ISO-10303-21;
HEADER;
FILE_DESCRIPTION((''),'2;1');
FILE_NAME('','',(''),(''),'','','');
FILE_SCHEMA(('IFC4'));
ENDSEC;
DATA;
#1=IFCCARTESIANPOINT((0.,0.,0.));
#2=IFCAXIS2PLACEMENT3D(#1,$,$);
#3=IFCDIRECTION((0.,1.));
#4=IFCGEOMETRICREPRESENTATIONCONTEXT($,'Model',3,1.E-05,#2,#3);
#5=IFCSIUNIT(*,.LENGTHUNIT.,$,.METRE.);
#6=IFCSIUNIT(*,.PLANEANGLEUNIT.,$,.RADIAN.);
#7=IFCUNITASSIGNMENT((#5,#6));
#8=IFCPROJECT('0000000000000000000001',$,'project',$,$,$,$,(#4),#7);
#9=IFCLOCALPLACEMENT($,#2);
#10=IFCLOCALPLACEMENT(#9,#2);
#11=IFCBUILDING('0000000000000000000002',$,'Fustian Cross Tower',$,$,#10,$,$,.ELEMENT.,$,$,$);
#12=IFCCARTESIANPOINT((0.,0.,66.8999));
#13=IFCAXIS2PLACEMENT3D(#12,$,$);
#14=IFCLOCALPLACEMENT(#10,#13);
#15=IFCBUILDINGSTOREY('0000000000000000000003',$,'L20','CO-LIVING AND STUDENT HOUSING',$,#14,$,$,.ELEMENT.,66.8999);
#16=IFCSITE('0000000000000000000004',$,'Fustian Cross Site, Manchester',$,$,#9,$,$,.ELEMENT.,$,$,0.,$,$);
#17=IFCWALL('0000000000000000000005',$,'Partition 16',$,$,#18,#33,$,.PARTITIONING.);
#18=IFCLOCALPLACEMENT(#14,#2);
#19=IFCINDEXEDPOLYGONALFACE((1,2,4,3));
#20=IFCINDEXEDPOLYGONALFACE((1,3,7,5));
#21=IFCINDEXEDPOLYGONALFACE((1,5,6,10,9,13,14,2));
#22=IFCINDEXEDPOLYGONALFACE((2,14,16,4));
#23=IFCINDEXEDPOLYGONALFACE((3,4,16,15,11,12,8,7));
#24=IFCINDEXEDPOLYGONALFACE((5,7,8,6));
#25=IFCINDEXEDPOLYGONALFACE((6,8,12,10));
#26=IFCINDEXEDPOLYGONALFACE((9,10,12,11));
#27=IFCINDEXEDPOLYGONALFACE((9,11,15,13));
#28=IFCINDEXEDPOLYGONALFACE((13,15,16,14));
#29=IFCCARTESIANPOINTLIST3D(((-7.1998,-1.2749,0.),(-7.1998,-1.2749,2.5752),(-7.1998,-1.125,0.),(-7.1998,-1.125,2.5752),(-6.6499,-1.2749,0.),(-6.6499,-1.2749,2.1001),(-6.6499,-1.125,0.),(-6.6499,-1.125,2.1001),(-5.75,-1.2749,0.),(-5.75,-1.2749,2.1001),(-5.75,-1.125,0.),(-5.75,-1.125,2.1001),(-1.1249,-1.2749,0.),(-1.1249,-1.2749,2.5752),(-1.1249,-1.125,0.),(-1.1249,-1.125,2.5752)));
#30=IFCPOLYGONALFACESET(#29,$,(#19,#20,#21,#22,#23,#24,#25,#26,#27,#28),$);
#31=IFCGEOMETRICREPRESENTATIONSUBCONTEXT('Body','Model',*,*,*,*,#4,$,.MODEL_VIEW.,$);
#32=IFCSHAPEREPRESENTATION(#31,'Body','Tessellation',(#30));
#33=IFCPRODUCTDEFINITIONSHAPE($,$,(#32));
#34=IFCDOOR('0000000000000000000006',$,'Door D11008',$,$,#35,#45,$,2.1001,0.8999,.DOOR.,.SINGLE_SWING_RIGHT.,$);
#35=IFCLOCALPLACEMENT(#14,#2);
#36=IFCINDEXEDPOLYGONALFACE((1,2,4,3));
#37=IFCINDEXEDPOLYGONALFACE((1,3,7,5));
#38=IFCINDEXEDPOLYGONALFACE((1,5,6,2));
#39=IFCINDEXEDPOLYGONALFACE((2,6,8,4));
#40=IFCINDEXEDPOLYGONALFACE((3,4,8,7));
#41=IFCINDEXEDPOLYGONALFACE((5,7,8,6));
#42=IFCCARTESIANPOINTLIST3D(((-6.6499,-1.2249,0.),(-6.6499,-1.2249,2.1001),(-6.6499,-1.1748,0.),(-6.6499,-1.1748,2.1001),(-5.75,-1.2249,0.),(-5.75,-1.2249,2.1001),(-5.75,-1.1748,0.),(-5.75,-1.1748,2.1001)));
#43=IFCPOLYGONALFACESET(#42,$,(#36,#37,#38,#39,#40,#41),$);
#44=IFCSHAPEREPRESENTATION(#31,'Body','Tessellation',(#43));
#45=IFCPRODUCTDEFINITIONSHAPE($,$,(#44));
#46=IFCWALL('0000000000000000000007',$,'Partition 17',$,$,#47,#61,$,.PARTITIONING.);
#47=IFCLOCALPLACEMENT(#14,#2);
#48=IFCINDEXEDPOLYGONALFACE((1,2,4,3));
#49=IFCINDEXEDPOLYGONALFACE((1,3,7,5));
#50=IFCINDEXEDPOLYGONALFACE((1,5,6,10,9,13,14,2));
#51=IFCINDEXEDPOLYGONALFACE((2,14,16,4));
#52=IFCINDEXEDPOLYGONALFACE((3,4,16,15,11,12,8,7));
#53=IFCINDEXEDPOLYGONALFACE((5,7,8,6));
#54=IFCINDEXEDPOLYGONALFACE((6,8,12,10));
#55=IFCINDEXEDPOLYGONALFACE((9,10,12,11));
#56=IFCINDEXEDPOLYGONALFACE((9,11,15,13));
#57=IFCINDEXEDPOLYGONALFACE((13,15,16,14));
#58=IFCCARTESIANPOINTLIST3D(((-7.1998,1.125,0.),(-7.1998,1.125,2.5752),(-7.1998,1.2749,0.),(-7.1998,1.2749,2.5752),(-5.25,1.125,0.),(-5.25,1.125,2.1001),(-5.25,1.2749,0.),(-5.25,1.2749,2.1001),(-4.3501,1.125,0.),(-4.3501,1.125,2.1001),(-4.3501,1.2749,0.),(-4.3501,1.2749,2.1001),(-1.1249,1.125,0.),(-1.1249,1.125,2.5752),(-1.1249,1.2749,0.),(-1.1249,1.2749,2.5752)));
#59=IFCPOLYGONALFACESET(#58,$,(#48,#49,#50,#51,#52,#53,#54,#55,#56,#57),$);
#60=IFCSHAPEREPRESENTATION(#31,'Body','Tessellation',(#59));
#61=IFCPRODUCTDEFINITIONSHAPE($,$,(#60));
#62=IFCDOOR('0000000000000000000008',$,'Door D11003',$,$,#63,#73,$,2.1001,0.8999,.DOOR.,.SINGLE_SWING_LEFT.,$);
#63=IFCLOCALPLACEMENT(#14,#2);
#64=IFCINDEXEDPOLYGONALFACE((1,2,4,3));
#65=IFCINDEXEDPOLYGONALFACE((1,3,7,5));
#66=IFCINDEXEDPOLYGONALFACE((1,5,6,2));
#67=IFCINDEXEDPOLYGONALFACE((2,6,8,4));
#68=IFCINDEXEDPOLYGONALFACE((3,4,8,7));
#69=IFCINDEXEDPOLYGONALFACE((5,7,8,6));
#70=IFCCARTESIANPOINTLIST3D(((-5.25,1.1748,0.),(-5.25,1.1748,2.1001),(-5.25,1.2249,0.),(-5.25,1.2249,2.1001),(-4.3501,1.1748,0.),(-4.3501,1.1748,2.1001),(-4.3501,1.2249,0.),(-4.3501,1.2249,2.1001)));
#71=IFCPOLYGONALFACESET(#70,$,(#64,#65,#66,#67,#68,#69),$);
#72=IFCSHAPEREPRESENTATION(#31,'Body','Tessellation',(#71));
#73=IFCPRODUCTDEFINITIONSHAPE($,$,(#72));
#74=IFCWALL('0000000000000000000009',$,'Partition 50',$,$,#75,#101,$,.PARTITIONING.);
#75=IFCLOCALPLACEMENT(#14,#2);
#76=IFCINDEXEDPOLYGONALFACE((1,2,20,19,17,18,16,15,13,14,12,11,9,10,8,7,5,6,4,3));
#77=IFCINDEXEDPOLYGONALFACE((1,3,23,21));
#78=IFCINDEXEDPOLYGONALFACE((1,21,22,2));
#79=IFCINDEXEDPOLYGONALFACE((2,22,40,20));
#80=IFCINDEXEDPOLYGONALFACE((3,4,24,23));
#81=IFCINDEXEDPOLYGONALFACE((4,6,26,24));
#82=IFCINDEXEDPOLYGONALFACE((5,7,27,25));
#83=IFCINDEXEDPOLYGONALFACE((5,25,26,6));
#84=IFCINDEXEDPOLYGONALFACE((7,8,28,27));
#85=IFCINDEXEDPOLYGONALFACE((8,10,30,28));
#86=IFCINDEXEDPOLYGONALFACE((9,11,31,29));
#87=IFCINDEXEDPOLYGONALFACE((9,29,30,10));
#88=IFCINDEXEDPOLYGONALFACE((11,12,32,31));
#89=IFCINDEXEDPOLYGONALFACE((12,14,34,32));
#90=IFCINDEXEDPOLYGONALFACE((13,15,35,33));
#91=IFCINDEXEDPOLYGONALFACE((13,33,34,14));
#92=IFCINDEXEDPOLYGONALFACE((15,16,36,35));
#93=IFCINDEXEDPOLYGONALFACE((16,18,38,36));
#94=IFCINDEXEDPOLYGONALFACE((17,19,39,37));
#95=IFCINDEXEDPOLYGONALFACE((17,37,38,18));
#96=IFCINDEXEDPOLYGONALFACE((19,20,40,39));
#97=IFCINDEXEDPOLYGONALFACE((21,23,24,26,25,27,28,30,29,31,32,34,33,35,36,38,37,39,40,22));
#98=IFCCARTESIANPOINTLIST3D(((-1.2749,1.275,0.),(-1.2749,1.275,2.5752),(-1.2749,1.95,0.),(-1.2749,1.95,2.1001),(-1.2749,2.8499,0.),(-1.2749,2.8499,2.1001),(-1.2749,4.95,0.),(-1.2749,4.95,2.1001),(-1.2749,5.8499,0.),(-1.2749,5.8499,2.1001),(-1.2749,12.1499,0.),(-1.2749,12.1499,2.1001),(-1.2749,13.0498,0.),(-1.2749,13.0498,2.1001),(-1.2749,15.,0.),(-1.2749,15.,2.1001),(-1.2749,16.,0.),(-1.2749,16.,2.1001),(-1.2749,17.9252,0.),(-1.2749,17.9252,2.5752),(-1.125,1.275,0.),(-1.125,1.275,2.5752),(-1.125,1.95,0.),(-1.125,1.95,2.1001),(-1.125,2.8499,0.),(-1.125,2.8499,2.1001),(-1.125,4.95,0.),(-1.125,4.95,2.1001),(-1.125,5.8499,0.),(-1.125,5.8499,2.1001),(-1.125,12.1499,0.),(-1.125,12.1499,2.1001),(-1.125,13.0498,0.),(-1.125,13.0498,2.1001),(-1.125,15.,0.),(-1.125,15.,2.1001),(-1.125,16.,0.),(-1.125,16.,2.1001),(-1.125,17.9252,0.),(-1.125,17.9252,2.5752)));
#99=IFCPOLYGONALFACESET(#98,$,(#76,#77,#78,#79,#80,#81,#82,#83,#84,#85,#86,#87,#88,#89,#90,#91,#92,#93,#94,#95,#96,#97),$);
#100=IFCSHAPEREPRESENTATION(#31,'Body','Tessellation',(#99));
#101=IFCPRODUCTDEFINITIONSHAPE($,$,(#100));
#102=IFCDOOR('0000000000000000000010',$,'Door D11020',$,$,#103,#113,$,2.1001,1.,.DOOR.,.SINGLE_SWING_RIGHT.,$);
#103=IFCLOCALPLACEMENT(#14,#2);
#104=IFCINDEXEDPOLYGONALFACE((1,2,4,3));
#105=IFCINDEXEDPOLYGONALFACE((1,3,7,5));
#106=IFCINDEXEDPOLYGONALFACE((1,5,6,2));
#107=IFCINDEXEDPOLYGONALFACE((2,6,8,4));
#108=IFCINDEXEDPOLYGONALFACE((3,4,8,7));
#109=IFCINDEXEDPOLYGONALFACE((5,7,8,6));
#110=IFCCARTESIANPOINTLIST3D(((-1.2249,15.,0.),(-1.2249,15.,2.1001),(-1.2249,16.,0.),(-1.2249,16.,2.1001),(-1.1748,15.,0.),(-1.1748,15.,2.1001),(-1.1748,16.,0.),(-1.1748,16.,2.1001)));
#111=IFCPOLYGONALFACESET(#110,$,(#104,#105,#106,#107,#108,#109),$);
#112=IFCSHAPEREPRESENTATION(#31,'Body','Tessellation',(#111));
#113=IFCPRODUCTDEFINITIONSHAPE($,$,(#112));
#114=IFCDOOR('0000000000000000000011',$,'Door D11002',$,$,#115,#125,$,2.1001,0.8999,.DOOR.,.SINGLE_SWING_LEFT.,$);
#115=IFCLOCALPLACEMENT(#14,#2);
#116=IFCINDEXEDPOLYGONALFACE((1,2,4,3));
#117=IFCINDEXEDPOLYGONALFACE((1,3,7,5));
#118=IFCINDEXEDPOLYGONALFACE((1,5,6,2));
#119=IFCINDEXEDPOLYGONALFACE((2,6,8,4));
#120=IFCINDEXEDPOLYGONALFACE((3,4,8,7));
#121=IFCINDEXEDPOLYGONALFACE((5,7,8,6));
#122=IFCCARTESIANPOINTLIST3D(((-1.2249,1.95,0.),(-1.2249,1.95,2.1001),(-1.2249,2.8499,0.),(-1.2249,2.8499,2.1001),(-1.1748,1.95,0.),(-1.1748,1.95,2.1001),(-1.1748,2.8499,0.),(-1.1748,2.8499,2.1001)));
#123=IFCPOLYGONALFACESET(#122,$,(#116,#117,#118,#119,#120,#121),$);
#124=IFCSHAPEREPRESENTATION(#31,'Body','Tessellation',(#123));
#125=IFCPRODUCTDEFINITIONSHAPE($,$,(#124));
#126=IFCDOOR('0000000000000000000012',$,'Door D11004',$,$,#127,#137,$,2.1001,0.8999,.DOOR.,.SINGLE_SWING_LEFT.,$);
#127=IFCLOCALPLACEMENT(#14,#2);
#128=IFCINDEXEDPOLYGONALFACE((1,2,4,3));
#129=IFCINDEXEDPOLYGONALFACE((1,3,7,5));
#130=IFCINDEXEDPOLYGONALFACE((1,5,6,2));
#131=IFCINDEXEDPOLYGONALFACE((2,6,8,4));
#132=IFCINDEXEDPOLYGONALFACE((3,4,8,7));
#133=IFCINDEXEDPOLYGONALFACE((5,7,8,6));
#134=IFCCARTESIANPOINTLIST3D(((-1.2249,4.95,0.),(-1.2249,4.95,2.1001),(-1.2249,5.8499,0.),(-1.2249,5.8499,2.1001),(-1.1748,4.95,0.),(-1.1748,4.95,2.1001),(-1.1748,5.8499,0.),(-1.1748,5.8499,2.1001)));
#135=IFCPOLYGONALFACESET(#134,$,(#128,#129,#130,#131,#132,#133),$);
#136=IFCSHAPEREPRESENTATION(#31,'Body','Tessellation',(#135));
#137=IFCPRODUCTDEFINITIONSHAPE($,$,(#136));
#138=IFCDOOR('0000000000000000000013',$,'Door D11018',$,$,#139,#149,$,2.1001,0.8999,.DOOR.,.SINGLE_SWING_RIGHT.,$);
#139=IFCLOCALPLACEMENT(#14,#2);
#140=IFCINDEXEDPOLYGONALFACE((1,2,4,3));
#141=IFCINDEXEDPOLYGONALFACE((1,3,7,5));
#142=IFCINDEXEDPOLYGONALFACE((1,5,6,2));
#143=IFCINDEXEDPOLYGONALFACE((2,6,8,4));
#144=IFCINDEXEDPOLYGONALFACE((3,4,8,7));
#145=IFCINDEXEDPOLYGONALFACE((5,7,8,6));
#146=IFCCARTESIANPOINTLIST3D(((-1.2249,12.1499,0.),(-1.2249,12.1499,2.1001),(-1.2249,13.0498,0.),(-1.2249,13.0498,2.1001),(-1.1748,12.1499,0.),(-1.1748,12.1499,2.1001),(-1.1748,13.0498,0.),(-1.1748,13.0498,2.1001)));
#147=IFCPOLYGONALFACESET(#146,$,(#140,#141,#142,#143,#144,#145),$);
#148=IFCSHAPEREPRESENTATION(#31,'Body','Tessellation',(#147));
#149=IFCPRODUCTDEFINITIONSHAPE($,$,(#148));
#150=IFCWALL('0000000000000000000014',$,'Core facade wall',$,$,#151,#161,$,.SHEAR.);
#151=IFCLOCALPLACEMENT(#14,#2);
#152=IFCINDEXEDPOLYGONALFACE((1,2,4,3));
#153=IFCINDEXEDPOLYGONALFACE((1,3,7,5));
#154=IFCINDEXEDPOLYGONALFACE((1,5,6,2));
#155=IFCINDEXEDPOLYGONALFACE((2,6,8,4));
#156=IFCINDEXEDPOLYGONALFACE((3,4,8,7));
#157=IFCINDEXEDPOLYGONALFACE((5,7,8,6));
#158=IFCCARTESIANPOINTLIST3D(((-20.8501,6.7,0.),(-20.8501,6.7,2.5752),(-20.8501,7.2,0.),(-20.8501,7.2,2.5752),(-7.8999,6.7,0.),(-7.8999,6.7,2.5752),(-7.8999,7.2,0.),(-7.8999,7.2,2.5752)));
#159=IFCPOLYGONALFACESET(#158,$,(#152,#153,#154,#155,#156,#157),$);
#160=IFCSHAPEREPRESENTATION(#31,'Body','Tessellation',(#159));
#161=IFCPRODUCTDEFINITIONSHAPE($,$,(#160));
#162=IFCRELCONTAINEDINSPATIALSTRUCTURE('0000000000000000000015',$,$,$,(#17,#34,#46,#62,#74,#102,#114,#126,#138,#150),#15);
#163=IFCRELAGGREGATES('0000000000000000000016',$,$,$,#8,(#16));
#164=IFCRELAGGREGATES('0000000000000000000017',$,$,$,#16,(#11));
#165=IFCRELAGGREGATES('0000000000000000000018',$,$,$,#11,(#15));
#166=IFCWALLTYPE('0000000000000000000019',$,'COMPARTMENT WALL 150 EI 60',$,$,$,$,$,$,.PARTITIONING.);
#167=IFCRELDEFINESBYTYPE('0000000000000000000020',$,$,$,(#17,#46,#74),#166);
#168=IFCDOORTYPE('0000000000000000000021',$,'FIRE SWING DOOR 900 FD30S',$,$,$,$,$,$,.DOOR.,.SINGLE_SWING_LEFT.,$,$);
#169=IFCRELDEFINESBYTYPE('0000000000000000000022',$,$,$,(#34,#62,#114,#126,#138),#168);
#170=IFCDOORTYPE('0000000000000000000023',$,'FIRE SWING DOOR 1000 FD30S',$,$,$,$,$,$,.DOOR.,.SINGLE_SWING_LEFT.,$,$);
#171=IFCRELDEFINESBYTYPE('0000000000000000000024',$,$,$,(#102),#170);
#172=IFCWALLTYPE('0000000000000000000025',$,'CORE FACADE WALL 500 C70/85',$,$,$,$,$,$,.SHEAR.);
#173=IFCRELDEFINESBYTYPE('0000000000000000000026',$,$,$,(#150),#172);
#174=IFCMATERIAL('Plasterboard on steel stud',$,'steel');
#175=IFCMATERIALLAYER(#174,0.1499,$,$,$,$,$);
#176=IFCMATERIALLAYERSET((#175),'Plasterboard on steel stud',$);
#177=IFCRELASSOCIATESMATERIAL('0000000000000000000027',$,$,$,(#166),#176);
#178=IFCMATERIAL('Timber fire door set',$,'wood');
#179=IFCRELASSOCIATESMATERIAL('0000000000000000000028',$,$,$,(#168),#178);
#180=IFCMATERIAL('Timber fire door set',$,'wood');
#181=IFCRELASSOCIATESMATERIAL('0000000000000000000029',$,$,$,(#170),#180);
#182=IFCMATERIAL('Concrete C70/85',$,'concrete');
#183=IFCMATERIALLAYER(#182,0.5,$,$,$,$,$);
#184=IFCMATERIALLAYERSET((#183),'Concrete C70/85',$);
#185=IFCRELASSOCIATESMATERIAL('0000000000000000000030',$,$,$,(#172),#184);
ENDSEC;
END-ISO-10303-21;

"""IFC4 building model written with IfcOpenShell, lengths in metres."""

from ifc_helpers import new_model, si_unit, direction, frame, frame_2d, origin, place, context, subcontext, project, spatial, rectangle, extrude, material, layer, layer_set, type_object, element, fill, save


model = new_model("IFC4")

# Units and contexts
model_context = context("Model", 3, precision=1e-05, world=origin(), true_north=direction((0.0, 1.0)))
body_context = subcontext(model_context, "Body", "Model", "MODEL_VIEW")
ifc_project = project(units=[si_unit("LENGTHUNIT", "METRE"), si_unit("PLANEANGLEUNIT", "RADIAN")], contexts=[model_context])

# Site, building, storey
site_placement = place(None, origin())
site = spatial("IfcSite", under=ifc_project, at=site_placement, Name="Fustian Cross Site, Manchester", CompositionType="ELEMENT", RefElevation=0.0)
building_placement = place(site_placement, origin())
building = spatial("IfcBuilding", under=site, at=building_placement, Name="Fustian Cross Tower", CompositionType="ELEMENT")
storey_placement = place(building_placement, frame((0.0, 0.0, 66.8999)))
storey = spatial("IfcBuildingStorey", under=building, at=storey_placement, Name="L20", Description="CO-LIVING AND STUDENT HOUSING", CompositionType="ELEMENT", Elevation=66.8999)

# Walls, openings, doors
ifc_material_1 = material(Name="Plasterboard on steel stud", Category="steel")
ifc_layer_1 = layer(ifc_material_1, 0.1499)
ifc_layer_set_1 = layer_set([ifc_layer_1], Name="Plasterboard on steel stud")
wall_type_1 = type_object("IfcWallType", Name="COMPARTMENT WALL 150 EI 60", PredefinedType="PARTITIONING", material=ifc_layer_set_1)
wall_1_placement = place(storey_placement, frame((-7.2, -1.2, 0.0), z_axis=(0.0, 0.0, 1.0), x_axis=(1.0, 0.0, 0.0)))
wall_1 = element("IfcWall", 1, at=wall_1_placement, inside=storey, type_object=wall_type_1, Name="Partition 16", PredefinedType="PARTITIONING", context=body_context, shape_type="SweptSolid", body=[
    extrude(rectangle(XDim=6.075, YDim=0.1499, at=frame_2d((3.0376, 0.0))), origin(), (0.0, 0.0, 1.0), 2.5752),
])
opening_1_placement = place(wall_1_placement, frame((0.55, 0.0, 0.0)))
opening_1 = element("IfcOpeningElement", 2, at=opening_1_placement, cuts=wall_1, PredefinedType="OPENING", context=body_context, shape_type="SweptSolid", body=[
    extrude(rectangle(XDim=0.8999, YDim=2.1001, at=frame_2d((0.45, 1.05))), frame((0.0, 0.085, 0.0), z_axis=(0.0, -1.0, 0.0), x_axis=(1.0, 0.0, 0.0)), (0.0, 0.0, 1.0), 0.1699),
])
ifc_material_2 = material(Name="Timber fire door set", Category="wood")
door_type_1 = type_object("IfcDoorType", Name="FIRE SWING DOOR 900 FD30S", OperationType="SINGLE_SWING_LEFT", PredefinedType="DOOR", material=ifc_material_2)
door_1_placement = place(opening_1_placement, frame((0.8999, 0.0, 0.0), z_axis=(0.0, 0.0, 1.0), x_axis=(-1.0, 0.0, 0.0)))
door_1 = element("IfcDoor", 3, at=door_1_placement, inside=storey, type_object=door_type_1, Name="Door D11008", OperationType="SINGLE_SWING_RIGHT", OverallHeight=2.1001, OverallWidth=0.8999, PredefinedType="DOOR", context=body_context, shape_type="SweptSolid", body=[
    extrude(rectangle(XDim=0.8999, YDim=2.1001, at=frame_2d((0.45, 1.05))), frame((0.0, 0.0249, 0.0), z_axis=(0.0, -1.0, 0.0), x_axis=(1.0, 0.0, 0.0)), (0.0, 0.0, 1.0), 0.05),
])
fill(opening_1, door_1)
wall_2_placement = place(storey_placement, frame((-7.2, 1.2, 0.0), z_axis=(0.0, 0.0, 1.0), x_axis=(1.0, 0.0, 0.0)))
wall_2 = element("IfcWall", 4, at=wall_2_placement, inside=storey, type_object=wall_type_1, Name="Partition 17", PredefinedType="PARTITIONING", context=body_context, shape_type="SweptSolid", body=[
    extrude(rectangle(XDim=6.075, YDim=0.1499, at=frame_2d((3.0376, 0.0))), origin(), (0.0, 0.0, 1.0), 2.5752),
])
opening_2_placement = place(wall_2_placement, frame((1.95, 0.0, 0.0)))
opening_2 = element("IfcOpeningElement", 5, at=opening_2_placement, cuts=wall_2, PredefinedType="OPENING", context=body_context, shape_type="SweptSolid", body=[
    extrude(rectangle(XDim=0.8999, YDim=2.1001, at=frame_2d((0.45, 1.05))), frame((0.0, 0.085, 0.0), z_axis=(0.0, -1.0, 0.0), x_axis=(1.0, 0.0, 0.0)), (0.0, 0.0, 1.0), 0.1699),
])
door_2_placement = place(opening_2_placement, origin())
door_2 = element("IfcDoor", 6, at=door_2_placement, inside=storey, type_object=door_type_1, Name="Door D11003", OperationType="SINGLE_SWING_LEFT", OverallHeight=2.1001, OverallWidth=0.8999, PredefinedType="DOOR", context=body_context, shape_type="SweptSolid", body=[
    extrude(rectangle(XDim=0.8999, YDim=2.1001, at=frame_2d((0.45, 1.05))), frame((0.0, 0.0249, 0.0), z_axis=(0.0, -1.0, 0.0), x_axis=(1.0, 0.0, 0.0)), (0.0, 0.0, 1.0), 0.05),
])
fill(opening_2, door_2)

# Wall, openings, doors
wall_3_placement = place(storey_placement, frame((-1.2, 1.2749, 0.0), z_axis=(0.0, 0.0, 1.0), x_axis=(0.0, 1.0, 0.0)))
wall_3 = element("IfcWall", 7, at=wall_3_placement, inside=storey, type_object=wall_type_1, Name="Partition 50", PredefinedType="PARTITIONING", context=body_context, shape_type="SweptSolid", body=[
    extrude(rectangle(XDim=16.6501, YDim=0.1499, at=frame_2d((8.3252, 0.0))), origin(), (0.0, 0.0, 1.0), 2.5752),
])
opening_3_placement = place(wall_3_placement, frame((0.675, 0.0, 0.0)))
opening_3 = element("IfcOpeningElement", 8, at=opening_3_placement, cuts=wall_3, PredefinedType="OPENING", context=body_context, shape_type="SweptSolid", body=[
    extrude(rectangle(XDim=0.8999, YDim=2.1001, at=frame_2d((0.45, 1.05))), frame((0.0, 0.085, 0.0), z_axis=(0.0, -1.0, 0.0), x_axis=(1.0, 0.0, 0.0)), (0.0, 0.0, 1.0), 0.1699),
])
opening_4_placement = place(wall_3_placement, frame((3.675, 0.0, 0.0)))
opening_4 = element("IfcOpeningElement", 9, at=opening_4_placement, cuts=wall_3, PredefinedType="OPENING", context=body_context, shape_type="SweptSolid", body=[
    extrude(rectangle(XDim=0.8999, YDim=2.1001, at=frame_2d((0.45, 1.05))), frame((0.0, 0.085, 0.0), z_axis=(0.0, -1.0, 0.0), x_axis=(1.0, 0.0, 0.0)), (0.0, 0.0, 1.0), 0.1699),
])
opening_5_placement = place(wall_3_placement, frame((10.875, 0.0, 0.0)))
opening_5 = element("IfcOpeningElement", 10, at=opening_5_placement, cuts=wall_3, PredefinedType="OPENING", context=body_context, shape_type="SweptSolid", body=[
    extrude(rectangle(XDim=0.8999, YDim=2.1001, at=frame_2d((0.45, 1.05))), frame((0.0, 0.085, 0.0), z_axis=(0.0, -1.0, 0.0), x_axis=(1.0, 0.0, 0.0)), (0.0, 0.0, 1.0), 0.1699),
])
opening_6_placement = place(wall_3_placement, frame((13.7251, 0.0, 0.0)))
opening_6 = element("IfcOpeningElement", 11, at=opening_6_placement, cuts=wall_3, PredefinedType="OPENING", context=body_context, shape_type="SweptSolid", body=[
    extrude(rectangle(XDim=1.0, YDim=2.1001, at=frame_2d((0.5, 1.05))), frame((0.0, 0.085, 0.0), z_axis=(0.0, -1.0, 0.0), x_axis=(1.0, 0.0, 0.0)), (0.0, 0.0, 1.0), 0.1699),
])
ifc_material_3 = material(Name="Timber fire door set", Category="wood")
door_type_2 = type_object("IfcDoorType", Name="FIRE SWING DOOR 1000 FD30S", OperationType="SINGLE_SWING_LEFT", PredefinedType="DOOR", material=ifc_material_3)
door_3_placement = place(opening_6_placement, origin())
door_3 = element("IfcDoor", 12, at=door_3_placement, inside=storey, type_object=door_type_2, Name="Door D11020", OperationType="SINGLE_SWING_RIGHT", OverallHeight=2.1001, OverallWidth=1.0, PredefinedType="DOOR", context=body_context, shape_type="SweptSolid", body=[
    extrude(rectangle(XDim=1.0, YDim=2.1001, at=frame_2d((0.5, 1.05))), frame((0.0, 0.0249, 0.0), z_axis=(0.0, -1.0, 0.0), x_axis=(1.0, 0.0, 0.0)), (0.0, 0.0, 1.0), 0.05),
])
fill(opening_6, door_3)
door_4_placement = place(opening_3_placement, origin())
door_4 = element("IfcDoor", 13, at=door_4_placement, inside=storey, type_object=door_type_1, Name="Door D11002", OperationType="SINGLE_SWING_LEFT", OverallHeight=2.1001, OverallWidth=0.8999, PredefinedType="DOOR", context=body_context, shape_type="SweptSolid", body=[
    extrude(rectangle(XDim=0.8999, YDim=2.1001, at=frame_2d((0.45, 1.05))), frame((0.0, 0.0249, 0.0), z_axis=(0.0, -1.0, 0.0), x_axis=(1.0, 0.0, 0.0)), (0.0, 0.0, 1.0), 0.05),
])
fill(opening_3, door_4)
door_5_placement = place(opening_4_placement, origin())
door_5 = element("IfcDoor", 14, at=door_5_placement, inside=storey, type_object=door_type_1, Name="Door D11004", OperationType="SINGLE_SWING_LEFT", OverallHeight=2.1001, OverallWidth=0.8999, PredefinedType="DOOR", context=body_context, shape_type="SweptSolid", body=[
    extrude(rectangle(XDim=0.8999, YDim=2.1001, at=frame_2d((0.45, 1.05))), frame((0.0, 0.0249, 0.0), z_axis=(0.0, -1.0, 0.0), x_axis=(1.0, 0.0, 0.0)), (0.0, 0.0, 1.0), 0.05),
])
fill(opening_4, door_5)
door_6_placement = place(opening_5_placement, origin())
door_6 = element("IfcDoor", 15, at=door_6_placement, inside=storey, type_object=door_type_1, Name="Door D11018", OperationType="SINGLE_SWING_RIGHT", OverallHeight=2.1001, OverallWidth=0.8999, PredefinedType="DOOR", context=body_context, shape_type="SweptSolid", body=[
    extrude(rectangle(XDim=0.8999, YDim=2.1001, at=frame_2d((0.45, 1.05))), frame((0.0, 0.0249, 0.0), z_axis=(0.0, -1.0, 0.0), x_axis=(1.0, 0.0, 0.0)), (0.0, 0.0, 1.0), 0.05),
])
fill(opening_5, door_6)

# Wall
ifc_material_4 = material(Name="Concrete C70/85", Category="concrete")
ifc_layer_2 = layer(ifc_material_4, 0.5)
ifc_layer_set_2 = layer_set([ifc_layer_2], Name="Concrete C70/85")
wall_type_2 = type_object("IfcWallType", Name="CORE FACADE WALL 500 C70/85", PredefinedType="SHEAR", material=ifc_layer_set_2)
wall_4_placement = place(storey_placement, frame((-7.8999, 6.95, 0.0), z_axis=(0.0, 0.0, 1.0), x_axis=(-1.0, 0.0, 0.0)))
element("IfcWall", 16, at=wall_4_placement, inside=storey, type_object=wall_type_2, Name="Core facade wall", PredefinedType="SHEAR", context=body_context, shape_type="SweptSolid", body=[
    extrude(rectangle(XDim=12.9502, YDim=0.5, at=frame_2d((6.4751, 0.0))), origin(), (0.0, 0.0, 1.0), 2.5752),
])

save(model, "model.ifc")
